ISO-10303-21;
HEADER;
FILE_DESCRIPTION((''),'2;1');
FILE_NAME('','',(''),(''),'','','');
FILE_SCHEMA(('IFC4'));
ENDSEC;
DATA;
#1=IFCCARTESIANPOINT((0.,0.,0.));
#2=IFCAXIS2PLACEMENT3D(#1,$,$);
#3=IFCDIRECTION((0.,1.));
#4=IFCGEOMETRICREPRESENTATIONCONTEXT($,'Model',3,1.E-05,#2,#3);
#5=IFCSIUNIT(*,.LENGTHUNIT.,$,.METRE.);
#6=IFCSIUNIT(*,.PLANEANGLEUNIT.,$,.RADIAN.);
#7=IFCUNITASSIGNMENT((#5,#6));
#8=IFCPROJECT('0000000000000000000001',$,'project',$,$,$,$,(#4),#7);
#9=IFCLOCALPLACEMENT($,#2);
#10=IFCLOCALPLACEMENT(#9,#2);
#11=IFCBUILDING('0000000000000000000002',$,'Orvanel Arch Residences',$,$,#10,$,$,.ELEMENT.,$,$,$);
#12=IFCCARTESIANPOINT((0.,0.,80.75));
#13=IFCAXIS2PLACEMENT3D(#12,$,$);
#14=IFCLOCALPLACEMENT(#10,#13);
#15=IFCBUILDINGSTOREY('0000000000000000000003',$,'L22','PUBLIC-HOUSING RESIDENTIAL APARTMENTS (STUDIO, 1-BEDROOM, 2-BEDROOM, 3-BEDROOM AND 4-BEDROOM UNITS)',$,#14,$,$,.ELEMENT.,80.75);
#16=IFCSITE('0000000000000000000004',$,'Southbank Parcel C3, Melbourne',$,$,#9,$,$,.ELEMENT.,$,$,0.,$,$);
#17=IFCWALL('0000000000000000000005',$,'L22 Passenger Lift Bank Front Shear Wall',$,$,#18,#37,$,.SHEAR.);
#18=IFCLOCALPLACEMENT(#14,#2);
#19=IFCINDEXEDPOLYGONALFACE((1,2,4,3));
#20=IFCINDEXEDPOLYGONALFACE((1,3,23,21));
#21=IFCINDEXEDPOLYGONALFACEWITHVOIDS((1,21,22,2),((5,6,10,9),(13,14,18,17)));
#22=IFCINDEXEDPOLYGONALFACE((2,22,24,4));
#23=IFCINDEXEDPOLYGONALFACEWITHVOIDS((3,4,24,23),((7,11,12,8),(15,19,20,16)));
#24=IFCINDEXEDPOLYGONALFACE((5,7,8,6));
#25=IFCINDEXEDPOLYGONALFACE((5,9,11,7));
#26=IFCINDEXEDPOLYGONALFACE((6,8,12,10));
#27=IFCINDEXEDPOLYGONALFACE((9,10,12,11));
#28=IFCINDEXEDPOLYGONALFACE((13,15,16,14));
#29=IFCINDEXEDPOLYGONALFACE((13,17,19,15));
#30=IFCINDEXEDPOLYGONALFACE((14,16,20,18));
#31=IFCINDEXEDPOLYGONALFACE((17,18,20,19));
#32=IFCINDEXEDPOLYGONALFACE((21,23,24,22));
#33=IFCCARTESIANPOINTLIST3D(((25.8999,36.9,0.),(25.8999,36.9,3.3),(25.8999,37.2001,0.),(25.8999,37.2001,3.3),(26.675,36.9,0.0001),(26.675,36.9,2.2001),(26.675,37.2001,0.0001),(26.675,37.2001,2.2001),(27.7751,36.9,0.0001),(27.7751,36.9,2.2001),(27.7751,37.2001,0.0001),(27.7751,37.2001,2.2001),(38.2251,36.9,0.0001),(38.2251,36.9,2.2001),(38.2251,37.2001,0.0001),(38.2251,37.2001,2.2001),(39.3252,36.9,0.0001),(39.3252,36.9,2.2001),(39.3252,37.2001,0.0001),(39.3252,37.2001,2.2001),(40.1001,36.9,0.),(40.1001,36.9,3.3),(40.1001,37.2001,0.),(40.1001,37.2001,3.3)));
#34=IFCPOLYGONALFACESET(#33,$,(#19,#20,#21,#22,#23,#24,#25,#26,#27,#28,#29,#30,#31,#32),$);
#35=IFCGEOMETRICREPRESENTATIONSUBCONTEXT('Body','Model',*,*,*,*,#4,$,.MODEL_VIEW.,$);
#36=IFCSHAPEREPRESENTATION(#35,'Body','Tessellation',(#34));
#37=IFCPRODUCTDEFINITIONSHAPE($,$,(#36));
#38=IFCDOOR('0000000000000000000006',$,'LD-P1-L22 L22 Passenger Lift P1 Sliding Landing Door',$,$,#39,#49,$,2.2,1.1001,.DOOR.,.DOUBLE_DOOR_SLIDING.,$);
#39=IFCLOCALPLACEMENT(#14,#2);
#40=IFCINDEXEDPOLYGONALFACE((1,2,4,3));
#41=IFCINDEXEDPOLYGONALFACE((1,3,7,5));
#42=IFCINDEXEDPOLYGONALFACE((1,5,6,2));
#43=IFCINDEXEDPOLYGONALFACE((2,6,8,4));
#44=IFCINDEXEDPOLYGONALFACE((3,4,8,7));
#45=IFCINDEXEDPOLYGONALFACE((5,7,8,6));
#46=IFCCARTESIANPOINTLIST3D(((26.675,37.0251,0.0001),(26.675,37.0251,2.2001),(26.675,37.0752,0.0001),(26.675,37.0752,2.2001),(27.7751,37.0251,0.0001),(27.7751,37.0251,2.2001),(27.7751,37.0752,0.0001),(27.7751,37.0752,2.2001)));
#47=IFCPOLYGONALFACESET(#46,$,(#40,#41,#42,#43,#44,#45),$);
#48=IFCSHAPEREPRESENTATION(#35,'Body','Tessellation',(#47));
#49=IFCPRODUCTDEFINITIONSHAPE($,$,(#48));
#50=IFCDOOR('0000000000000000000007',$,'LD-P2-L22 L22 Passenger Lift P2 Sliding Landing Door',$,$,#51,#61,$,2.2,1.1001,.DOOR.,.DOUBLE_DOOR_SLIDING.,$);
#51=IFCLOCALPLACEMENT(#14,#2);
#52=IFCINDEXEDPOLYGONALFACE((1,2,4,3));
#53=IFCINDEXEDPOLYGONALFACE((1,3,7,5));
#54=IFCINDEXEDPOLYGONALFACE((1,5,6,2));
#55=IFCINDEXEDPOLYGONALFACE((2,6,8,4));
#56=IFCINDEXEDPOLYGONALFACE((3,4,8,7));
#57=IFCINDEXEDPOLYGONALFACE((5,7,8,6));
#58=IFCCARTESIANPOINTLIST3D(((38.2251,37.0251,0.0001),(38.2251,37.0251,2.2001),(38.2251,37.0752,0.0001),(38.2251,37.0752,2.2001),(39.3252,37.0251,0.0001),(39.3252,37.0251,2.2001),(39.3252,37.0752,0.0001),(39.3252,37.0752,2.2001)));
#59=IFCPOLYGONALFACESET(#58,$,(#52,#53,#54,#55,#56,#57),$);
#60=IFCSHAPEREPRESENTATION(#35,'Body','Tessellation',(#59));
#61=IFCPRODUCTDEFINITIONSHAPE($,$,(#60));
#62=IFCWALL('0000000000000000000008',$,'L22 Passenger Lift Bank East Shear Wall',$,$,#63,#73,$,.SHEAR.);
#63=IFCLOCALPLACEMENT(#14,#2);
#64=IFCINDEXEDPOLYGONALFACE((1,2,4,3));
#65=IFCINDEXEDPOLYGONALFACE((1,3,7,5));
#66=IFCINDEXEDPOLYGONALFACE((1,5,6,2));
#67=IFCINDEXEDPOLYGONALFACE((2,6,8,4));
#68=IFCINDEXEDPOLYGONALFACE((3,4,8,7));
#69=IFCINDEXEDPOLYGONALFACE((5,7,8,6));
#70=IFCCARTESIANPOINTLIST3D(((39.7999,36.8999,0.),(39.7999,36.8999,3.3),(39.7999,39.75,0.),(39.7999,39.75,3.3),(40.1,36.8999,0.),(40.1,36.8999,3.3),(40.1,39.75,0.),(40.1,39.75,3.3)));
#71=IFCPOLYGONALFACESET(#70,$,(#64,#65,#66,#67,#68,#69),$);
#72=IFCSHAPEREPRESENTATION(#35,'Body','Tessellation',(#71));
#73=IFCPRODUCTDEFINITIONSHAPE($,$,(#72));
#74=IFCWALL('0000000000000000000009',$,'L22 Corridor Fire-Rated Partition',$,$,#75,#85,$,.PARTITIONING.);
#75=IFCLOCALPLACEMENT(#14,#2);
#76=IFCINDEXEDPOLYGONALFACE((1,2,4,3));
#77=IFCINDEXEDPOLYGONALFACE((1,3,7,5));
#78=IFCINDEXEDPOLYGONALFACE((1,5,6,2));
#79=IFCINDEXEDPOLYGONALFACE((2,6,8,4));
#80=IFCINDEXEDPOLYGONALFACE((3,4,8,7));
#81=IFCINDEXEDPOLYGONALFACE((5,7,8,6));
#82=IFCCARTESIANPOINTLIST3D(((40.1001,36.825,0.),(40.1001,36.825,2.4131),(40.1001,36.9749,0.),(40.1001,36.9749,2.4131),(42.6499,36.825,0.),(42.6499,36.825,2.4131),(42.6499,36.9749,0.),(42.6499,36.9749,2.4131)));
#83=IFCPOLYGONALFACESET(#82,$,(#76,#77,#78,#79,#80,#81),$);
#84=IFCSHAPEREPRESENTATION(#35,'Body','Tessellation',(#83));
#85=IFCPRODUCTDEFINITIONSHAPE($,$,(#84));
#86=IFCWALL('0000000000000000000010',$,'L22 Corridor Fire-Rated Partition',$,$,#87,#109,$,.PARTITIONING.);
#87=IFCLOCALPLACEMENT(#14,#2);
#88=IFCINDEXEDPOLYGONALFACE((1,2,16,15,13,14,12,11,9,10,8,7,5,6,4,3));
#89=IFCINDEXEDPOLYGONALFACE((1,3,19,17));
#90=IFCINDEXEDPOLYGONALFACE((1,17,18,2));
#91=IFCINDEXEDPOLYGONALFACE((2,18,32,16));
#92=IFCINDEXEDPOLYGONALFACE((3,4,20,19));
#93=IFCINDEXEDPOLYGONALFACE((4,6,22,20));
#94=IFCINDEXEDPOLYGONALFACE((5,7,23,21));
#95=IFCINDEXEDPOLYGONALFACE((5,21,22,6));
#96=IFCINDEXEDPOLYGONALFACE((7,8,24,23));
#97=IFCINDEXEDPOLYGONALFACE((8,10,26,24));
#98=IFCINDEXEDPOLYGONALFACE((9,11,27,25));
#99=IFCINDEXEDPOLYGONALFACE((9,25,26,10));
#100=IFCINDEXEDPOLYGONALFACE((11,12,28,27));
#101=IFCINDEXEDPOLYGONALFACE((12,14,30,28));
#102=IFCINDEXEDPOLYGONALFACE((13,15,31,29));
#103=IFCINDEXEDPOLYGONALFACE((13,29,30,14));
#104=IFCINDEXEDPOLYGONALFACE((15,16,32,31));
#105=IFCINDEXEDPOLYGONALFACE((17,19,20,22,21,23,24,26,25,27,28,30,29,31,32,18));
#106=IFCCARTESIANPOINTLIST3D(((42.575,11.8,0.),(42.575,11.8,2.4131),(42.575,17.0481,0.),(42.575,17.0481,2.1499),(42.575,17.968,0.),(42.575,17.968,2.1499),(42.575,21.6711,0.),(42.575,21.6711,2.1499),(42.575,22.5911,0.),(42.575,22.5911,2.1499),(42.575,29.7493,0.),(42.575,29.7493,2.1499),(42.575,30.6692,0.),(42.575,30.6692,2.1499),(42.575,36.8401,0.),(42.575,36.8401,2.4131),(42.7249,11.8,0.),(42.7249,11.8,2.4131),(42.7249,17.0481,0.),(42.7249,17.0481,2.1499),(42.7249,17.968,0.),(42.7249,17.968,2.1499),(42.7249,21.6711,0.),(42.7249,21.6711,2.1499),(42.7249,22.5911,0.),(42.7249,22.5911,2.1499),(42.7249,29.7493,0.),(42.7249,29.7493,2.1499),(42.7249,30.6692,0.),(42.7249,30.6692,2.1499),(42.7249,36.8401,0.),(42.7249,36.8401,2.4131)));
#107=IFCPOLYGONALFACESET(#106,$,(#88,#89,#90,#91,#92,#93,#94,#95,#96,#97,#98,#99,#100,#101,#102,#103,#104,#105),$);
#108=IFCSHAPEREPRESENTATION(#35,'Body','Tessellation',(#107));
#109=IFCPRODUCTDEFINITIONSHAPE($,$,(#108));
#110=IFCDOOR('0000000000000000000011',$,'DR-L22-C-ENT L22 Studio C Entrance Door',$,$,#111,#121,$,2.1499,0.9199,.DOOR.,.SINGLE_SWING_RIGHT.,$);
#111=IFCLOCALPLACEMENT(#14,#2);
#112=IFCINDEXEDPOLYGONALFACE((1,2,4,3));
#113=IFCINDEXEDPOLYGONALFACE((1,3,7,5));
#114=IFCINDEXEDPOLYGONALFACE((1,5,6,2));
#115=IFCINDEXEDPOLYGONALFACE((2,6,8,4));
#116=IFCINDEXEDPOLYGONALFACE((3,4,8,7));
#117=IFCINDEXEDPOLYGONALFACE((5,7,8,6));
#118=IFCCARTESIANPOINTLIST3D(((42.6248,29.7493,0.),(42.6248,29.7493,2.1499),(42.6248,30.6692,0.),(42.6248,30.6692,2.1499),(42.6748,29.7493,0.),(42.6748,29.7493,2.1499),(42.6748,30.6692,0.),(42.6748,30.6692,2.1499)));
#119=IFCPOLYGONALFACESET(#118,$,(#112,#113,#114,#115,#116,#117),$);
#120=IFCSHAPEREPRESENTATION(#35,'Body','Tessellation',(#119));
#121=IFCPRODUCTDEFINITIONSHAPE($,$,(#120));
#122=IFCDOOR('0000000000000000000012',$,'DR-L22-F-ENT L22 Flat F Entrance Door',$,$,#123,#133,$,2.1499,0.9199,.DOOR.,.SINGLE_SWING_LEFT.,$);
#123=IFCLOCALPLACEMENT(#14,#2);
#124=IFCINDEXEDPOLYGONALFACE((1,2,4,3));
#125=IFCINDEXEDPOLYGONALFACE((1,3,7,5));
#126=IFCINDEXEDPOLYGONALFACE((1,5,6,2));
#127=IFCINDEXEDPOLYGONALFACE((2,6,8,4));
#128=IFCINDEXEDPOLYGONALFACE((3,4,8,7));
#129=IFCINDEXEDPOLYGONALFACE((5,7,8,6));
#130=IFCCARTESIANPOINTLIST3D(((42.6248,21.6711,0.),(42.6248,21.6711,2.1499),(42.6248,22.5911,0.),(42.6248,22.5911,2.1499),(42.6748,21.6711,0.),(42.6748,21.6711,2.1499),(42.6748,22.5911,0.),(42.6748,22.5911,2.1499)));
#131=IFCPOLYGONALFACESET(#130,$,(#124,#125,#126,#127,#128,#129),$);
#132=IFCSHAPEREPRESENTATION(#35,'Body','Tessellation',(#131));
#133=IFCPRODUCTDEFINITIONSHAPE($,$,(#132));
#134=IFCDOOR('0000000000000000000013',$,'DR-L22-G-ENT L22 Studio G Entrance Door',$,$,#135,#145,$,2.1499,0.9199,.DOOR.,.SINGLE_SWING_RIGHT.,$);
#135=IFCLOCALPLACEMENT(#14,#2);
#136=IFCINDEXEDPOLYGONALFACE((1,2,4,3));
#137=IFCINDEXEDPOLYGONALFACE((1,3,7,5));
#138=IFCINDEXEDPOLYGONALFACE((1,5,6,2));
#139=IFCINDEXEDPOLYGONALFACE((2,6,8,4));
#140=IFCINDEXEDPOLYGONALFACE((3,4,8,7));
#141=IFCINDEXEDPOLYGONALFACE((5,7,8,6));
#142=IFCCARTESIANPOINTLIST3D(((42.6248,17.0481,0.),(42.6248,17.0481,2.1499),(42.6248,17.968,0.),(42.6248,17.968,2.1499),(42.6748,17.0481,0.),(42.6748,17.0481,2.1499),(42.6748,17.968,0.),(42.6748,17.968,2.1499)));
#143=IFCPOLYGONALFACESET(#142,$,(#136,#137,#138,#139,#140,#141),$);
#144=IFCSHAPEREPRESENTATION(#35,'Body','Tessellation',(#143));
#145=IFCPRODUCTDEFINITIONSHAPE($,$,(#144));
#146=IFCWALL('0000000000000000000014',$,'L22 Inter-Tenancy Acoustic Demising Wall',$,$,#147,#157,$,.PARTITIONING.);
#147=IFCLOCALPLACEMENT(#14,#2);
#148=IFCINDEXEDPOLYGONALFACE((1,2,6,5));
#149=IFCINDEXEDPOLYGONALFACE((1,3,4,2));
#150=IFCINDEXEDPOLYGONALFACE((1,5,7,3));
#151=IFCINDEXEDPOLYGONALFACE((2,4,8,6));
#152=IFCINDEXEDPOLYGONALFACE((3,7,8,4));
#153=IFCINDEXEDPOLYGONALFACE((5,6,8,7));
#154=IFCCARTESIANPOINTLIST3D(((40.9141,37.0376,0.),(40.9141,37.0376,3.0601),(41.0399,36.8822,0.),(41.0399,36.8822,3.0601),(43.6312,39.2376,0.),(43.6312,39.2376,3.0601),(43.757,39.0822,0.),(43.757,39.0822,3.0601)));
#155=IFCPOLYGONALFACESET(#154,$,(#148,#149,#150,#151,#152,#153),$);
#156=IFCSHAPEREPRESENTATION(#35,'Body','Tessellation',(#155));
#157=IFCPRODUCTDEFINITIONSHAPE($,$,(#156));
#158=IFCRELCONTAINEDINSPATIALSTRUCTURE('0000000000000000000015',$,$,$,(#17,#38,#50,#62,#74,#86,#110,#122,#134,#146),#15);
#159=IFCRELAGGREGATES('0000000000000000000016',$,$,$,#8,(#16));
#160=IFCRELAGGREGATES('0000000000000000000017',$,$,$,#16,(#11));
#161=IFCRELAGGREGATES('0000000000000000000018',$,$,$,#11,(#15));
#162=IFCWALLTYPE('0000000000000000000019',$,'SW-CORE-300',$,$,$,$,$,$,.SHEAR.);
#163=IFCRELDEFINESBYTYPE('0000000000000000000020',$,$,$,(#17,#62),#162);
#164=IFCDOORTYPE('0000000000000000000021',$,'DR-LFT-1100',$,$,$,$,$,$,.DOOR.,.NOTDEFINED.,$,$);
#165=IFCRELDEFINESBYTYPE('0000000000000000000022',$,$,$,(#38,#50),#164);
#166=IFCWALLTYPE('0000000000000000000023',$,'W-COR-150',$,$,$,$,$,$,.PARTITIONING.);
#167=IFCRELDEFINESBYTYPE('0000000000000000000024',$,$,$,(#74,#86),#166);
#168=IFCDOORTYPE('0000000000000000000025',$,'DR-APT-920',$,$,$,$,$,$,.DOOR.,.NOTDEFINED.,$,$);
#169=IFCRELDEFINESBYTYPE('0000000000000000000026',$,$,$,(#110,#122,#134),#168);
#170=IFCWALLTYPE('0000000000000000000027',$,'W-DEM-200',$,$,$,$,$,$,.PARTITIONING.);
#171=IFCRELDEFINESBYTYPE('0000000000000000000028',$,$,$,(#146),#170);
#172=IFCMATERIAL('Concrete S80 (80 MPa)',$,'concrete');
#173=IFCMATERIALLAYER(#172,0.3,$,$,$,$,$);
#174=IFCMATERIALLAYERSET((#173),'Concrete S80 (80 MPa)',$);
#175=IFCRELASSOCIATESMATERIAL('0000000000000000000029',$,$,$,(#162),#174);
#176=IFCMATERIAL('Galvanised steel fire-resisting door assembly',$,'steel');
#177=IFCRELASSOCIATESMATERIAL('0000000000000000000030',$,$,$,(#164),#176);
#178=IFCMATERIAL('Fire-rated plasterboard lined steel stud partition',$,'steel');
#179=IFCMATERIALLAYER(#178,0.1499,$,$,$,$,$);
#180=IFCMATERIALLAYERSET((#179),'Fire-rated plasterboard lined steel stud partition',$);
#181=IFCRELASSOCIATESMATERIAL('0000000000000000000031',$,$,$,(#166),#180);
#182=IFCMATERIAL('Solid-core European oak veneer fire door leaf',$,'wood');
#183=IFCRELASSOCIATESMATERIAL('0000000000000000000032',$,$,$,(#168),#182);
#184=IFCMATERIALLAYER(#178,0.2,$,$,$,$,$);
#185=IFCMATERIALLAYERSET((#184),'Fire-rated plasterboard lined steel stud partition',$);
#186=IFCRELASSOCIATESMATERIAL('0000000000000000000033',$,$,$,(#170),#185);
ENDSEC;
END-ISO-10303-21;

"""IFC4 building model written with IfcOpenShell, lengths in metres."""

from ifc_helpers import new_model, si_unit, direction, frame, frame_2d, origin, place, context, subcontext, project, spatial, rectangle, extrude, material, layer, layer_set, type_object, element, fill, save


model = new_model("IFC4")

# Units and contexts
model_context = context("Model", 3, precision=1e-05, world=origin(), true_north=direction((0.0, 1.0)))
body_context = subcontext(model_context, "Body", "Model", "MODEL_VIEW")
ifc_project = project(units=[si_unit("LENGTHUNIT", "METRE"), si_unit("PLANEANGLEUNIT", "RADIAN")], contexts=[model_context])

# Site, building, storey
site_placement = place(None, origin())
site = spatial("IfcSite", under=ifc_project, at=site_placement, Name="Southbank Parcel C3, Melbourne", CompositionType="ELEMENT", RefElevation=0.0)
building_placement = place(site_placement, origin())
building = spatial("IfcBuilding", under=site, at=building_placement, Name="Orvanel Arch Residences", CompositionType="ELEMENT")
storey_placement = place(building_placement, frame((0.0, 0.0, 80.75)))
storey = spatial("IfcBuildingStorey", under=building, at=storey_placement, Name="L22", Description="PUBLIC-HOUSING RESIDENTIAL APARTMENTS (STUDIO, 1-BEDROOM, 2-BEDROOM, 3-BEDROOM AND 4-BEDROOM UNITS)", CompositionType="ELEMENT", Elevation=80.75)

# Wall, openings, doors
ifc_material_1 = material(Name="Concrete S80 (80 MPa)", Category="concrete")
ifc_layer_1 = layer(ifc_material_1, 0.3)
ifc_layer_set_1 = layer_set([ifc_layer_1], Name="Concrete S80 (80 MPa)")
wall_type_1 = type_object("IfcWallType", Name="SW-CORE-300", PredefinedType="SHEAR", material=ifc_layer_set_1)
wall_1_placement = place(storey_placement, frame((40.1001, 37.05, 0.0), z_axis=(0.0, 0.0, 1.0), x_axis=(-1.0, 0.0, 0.0)))
wall_1 = element("IfcWall", 1, at=wall_1_placement, inside=storey, type_object=wall_type_1, Name="L22 Passenger Lift Bank Front Shear Wall", PredefinedType="SHEAR", context=body_context, shape_type="SweptSolid", body=[
    extrude(rectangle(XDim=14.2002, YDim=0.3, at=frame_2d((7.1001, 0.0))), origin(), (0.0, 0.0, 1.0), 3.3),
])
opening_1_placement = place(wall_1_placement, frame((12.325, 0.0, 0.0)))
opening_1 = element("IfcOpeningElement", 2, at=opening_1_placement, cuts=wall_1, PredefinedType="OPENING", context=body_context, shape_type="SweptSolid", body=[
    extrude(rectangle(XDim=1.1001, YDim=2.2, at=frame_2d((0.55, 1.1001))), frame((0.0, 0.1599, 0.0), z_axis=(0.0, -1.0, 0.0), x_axis=(1.0, 0.0, 0.0)), (0.0, 0.0, 1.0), 0.3201),
])
opening_2_placement = place(wall_1_placement, frame((0.7749, 0.0, 0.0)))
opening_2 = element("IfcOpeningElement", 3, at=opening_2_placement, cuts=wall_1, PredefinedType="OPENING", context=body_context, shape_type="SweptSolid", body=[
    extrude(rectangle(XDim=1.1001, YDim=2.2, at=frame_2d((0.55, 1.1001))), frame((0.0, 0.1599, 0.0), z_axis=(0.0, -1.0, 0.0), x_axis=(1.0, 0.0, 0.0)), (0.0, 0.0, 1.0), 0.3201),
])
ifc_material_2 = material(Name="Galvanised steel fire-resisting door assembly", Category="steel")
door_type_1 = type_object("IfcDoorType", Name="DR-LFT-1100", OperationType="NOTDEFINED", PredefinedType="DOOR", material=ifc_material_2)
door_1_placement = place(opening_1_placement, origin())
door_1 = element("IfcDoor", 4, at=door_1_placement, inside=storey, type_object=door_type_1, Name="LD-P1-L22 L22 Passenger Lift P1 Sliding Landing Door", OperationType="DOUBLE_DOOR_SLIDING", OverallHeight=2.2, OverallWidth=1.1001, PredefinedType="DOOR", context=body_context, shape_type="SweptSolid", body=[
    extrude(rectangle(XDim=1.1001, YDim=2.2, at=frame_2d((0.55, 1.1001))), frame((0.0, 0.0249, 0.0), z_axis=(0.0, -1.0, 0.0), x_axis=(1.0, 0.0, 0.0)), (0.0, 0.0, 1.0), 0.05),
])
fill(opening_1, door_1)
door_2_placement = place(opening_2_placement, origin())
door_2 = element("IfcDoor", 5, at=door_2_placement, inside=storey, type_object=door_type_1, Name="LD-P2-L22 L22 Passenger Lift P2 Sliding Landing Door", OperationType="DOUBLE_DOOR_SLIDING", OverallHeight=2.2, OverallWidth=1.1001, PredefinedType="DOOR", context=body_context, shape_type="SweptSolid", body=[
    extrude(rectangle(XDim=1.1001, YDim=2.2, at=frame_2d((0.55, 1.1001))), frame((0.0, 0.0249, 0.0), z_axis=(0.0, -1.0, 0.0), x_axis=(1.0, 0.0, 0.0)), (0.0, 0.0, 1.0), 0.05),
])
fill(opening_2, door_2)

# Walls
wall_2_placement = place(storey_placement, frame((39.95, 36.8999, 0.0), z_axis=(0.0, 0.0, 1.0), x_axis=(0.0, 1.0, 0.0)))
element("IfcWall", 6, at=wall_2_placement, inside=storey, type_object=wall_type_1, Name="L22 Passenger Lift Bank East Shear Wall", PredefinedType="SHEAR", context=body_context, shape_type="SweptSolid", body=[
    extrude(rectangle(XDim=2.8501, YDim=0.3, at=frame_2d((1.425, 0.0))), origin(), (0.0, 0.0, 1.0), 3.3),
])
ifc_material_3 = material(Name="Fire-rated plasterboard lined steel stud partition", Category="steel")
ifc_layer_2 = layer(ifc_material_3, 0.1499)
ifc_layer_set_2 = layer_set([ifc_layer_2], Name="Fire-rated plasterboard lined steel stud partition")
wall_type_2 = type_object("IfcWallType", Name="W-COR-150", PredefinedType="PARTITIONING", material=ifc_layer_set_2)
wall_3_placement = place(storey_placement, frame((40.1001, 36.8999, 0.0), z_axis=(0.0, 0.0, 1.0), x_axis=(1.0, 0.0, 0.0)))
element("IfcWall", 7, at=wall_3_placement, inside=storey, type_object=wall_type_2, Name="L22 Corridor Fire-Rated Partition", PredefinedType="PARTITIONING", context=body_context, shape_type="SweptSolid", body=[
    extrude(rectangle(XDim=2.5498, YDim=0.1499, at=frame_2d((1.2749, 0.0))), origin(), (0.0, 0.0, 1.0), 2.4131),
])

# Wall, openings, doors
wall_4_placement = place(storey_placement, frame((42.6499, 36.8401, 0.0), z_axis=(0.0, 0.0, 1.0), x_axis=(0.0, -1.0, 0.0)))
wall_4 = element("IfcWall", 8, at=wall_4_placement, inside=storey, type_object=wall_type_2, Name="L22 Corridor Fire-Rated Partition", PredefinedType="PARTITIONING", context=body_context, shape_type="SweptSolid", body=[
    extrude(rectangle(XDim=25.04, YDim=0.1499, at=frame_2d((12.52, 0.0))), origin(), (0.0, 0.0, 1.0), 2.4131),
])
opening_3_placement = place(wall_4_placement, frame((6.1709, 0.0, 0.0)))
opening_3 = element("IfcOpeningElement", 9, at=opening_3_placement, cuts=wall_4, PredefinedType="OPENING", context=body_context, shape_type="SweptSolid", body=[
    extrude(rectangle(XDim=0.9199, YDim=2.1499, at=frame_2d((0.46, 1.075))), frame((0.0, 0.085, 0.0), z_axis=(0.0, -1.0, 0.0), x_axis=(1.0, 0.0, 0.0)), (0.0, 0.0, 1.0), 0.1699),
])
opening_4_placement = place(wall_4_placement, frame((14.249, 0.0, 0.0)))
opening_4 = element("IfcOpeningElement", 10, at=opening_4_placement, cuts=wall_4, PredefinedType="OPENING", context=body_context, shape_type="SweptSolid", body=[
    extrude(rectangle(XDim=0.9199, YDim=2.1499, at=frame_2d((0.46, 1.075))), frame((0.0, 0.085, 0.0), z_axis=(0.0, -1.0, 0.0), x_axis=(1.0, 0.0, 0.0)), (0.0, 0.0, 1.0), 0.1699),
])
opening_5_placement = place(wall_4_placement, frame((18.8721, 0.0, 0.0)))
opening_5 = element("IfcOpeningElement", 11, at=opening_5_placement, cuts=wall_4, PredefinedType="OPENING", context=body_context, shape_type="SweptSolid", body=[
    extrude(rectangle(XDim=0.9199, YDim=2.1499, at=frame_2d((0.46, 1.075))), frame((0.0, 0.085, 0.0), z_axis=(0.0, -1.0, 0.0), x_axis=(1.0, 0.0, 0.0)), (0.0, 0.0, 1.0), 0.1699),
])
ifc_material_4 = material(Name="Solid-core European oak veneer fire door leaf", Category="wood")
door_type_2 = type_object("IfcDoorType", Name="DR-APT-920", OperationType="NOTDEFINED", PredefinedType="DOOR", material=ifc_material_4)
door_3_placement = place(opening_3_placement, origin())
door_3 = element("IfcDoor", 12, at=door_3_placement, inside=storey, type_object=door_type_2, Name="DR-L22-C-ENT L22 Studio C Entrance Door", OperationType="SINGLE_SWING_RIGHT", OverallHeight=2.1499, OverallWidth=0.9199, PredefinedType="DOOR", context=body_context, shape_type="SweptSolid", body=[
    extrude(rectangle(XDim=0.9199, YDim=2.1499, at=frame_2d((0.46, 1.075))), frame((0.0, 0.0249, 0.0), z_axis=(0.0, -1.0, 0.0), x_axis=(1.0, 0.0, 0.0)), (0.0, 0.0, 1.0), 0.05),
])
fill(opening_3, door_3)
door_4_placement = place(opening_4_placement, origin())
door_4 = element("IfcDoor", 13, at=door_4_placement, inside=storey, type_object=door_type_2, Name="DR-L22-F-ENT L22 Flat F Entrance Door", OperationType="SINGLE_SWING_LEFT", OverallHeight=2.1499, OverallWidth=0.9199, PredefinedType="DOOR", context=body_context, shape_type="SweptSolid", body=[
    extrude(rectangle(XDim=0.9199, YDim=2.1499, at=frame_2d((0.46, 1.075))), frame((0.0, 0.0249, 0.0), z_axis=(0.0, -1.0, 0.0), x_axis=(1.0, 0.0, 0.0)), (0.0, 0.0, 1.0), 0.05),
])
fill(opening_4, door_4)
door_5_placement = place(opening_5_placement, origin())
door_5 = element("IfcDoor", 14, at=door_5_placement, inside=storey, type_object=door_type_2, Name="DR-L22-G-ENT L22 Studio G Entrance Door", OperationType="SINGLE_SWING_RIGHT", OverallHeight=2.1499, OverallWidth=0.9199, PredefinedType="DOOR", context=body_context, shape_type="SweptSolid", body=[
    extrude(rectangle(XDim=0.9199, YDim=2.1499, at=frame_2d((0.46, 1.075))), frame((0.0, 0.0249, 0.0), z_axis=(0.0, -1.0, 0.0), x_axis=(1.0, 0.0, 0.0)), (0.0, 0.0, 1.0), 0.05),
])
fill(opening_5, door_5)

# Wall
ifc_layer_3 = layer(ifc_material_3, 0.2)
ifc_layer_set_3 = layer_set([ifc_layer_3], Name="Fire-rated plasterboard lined steel stud partition")
wall_type_3 = type_object("IfcWallType", Name="W-DEM-200", PredefinedType="PARTITIONING", material=ifc_layer_set_3)
wall_5_placement = place(storey_placement, frame((43.6941, 39.1599, 0.0), z_axis=(0.0, 0.0, 1.0), x_axis=(-0.777183, -0.629275, 0.0)))
element("IfcWall", 15, at=wall_5_placement, inside=storey, type_object=wall_type_3, Name="L22 Inter-Tenancy Acoustic Demising Wall", PredefinedType="PARTITIONING", context=body_context, shape_type="SweptSolid", body=[
    extrude(rectangle(XDim=3.4961, YDim=0.2, at=frame_2d((1.748, 0.0))), origin(), (0.0, 0.0, 1.0), 3.0601),
])

save(model, "model.ifc")
